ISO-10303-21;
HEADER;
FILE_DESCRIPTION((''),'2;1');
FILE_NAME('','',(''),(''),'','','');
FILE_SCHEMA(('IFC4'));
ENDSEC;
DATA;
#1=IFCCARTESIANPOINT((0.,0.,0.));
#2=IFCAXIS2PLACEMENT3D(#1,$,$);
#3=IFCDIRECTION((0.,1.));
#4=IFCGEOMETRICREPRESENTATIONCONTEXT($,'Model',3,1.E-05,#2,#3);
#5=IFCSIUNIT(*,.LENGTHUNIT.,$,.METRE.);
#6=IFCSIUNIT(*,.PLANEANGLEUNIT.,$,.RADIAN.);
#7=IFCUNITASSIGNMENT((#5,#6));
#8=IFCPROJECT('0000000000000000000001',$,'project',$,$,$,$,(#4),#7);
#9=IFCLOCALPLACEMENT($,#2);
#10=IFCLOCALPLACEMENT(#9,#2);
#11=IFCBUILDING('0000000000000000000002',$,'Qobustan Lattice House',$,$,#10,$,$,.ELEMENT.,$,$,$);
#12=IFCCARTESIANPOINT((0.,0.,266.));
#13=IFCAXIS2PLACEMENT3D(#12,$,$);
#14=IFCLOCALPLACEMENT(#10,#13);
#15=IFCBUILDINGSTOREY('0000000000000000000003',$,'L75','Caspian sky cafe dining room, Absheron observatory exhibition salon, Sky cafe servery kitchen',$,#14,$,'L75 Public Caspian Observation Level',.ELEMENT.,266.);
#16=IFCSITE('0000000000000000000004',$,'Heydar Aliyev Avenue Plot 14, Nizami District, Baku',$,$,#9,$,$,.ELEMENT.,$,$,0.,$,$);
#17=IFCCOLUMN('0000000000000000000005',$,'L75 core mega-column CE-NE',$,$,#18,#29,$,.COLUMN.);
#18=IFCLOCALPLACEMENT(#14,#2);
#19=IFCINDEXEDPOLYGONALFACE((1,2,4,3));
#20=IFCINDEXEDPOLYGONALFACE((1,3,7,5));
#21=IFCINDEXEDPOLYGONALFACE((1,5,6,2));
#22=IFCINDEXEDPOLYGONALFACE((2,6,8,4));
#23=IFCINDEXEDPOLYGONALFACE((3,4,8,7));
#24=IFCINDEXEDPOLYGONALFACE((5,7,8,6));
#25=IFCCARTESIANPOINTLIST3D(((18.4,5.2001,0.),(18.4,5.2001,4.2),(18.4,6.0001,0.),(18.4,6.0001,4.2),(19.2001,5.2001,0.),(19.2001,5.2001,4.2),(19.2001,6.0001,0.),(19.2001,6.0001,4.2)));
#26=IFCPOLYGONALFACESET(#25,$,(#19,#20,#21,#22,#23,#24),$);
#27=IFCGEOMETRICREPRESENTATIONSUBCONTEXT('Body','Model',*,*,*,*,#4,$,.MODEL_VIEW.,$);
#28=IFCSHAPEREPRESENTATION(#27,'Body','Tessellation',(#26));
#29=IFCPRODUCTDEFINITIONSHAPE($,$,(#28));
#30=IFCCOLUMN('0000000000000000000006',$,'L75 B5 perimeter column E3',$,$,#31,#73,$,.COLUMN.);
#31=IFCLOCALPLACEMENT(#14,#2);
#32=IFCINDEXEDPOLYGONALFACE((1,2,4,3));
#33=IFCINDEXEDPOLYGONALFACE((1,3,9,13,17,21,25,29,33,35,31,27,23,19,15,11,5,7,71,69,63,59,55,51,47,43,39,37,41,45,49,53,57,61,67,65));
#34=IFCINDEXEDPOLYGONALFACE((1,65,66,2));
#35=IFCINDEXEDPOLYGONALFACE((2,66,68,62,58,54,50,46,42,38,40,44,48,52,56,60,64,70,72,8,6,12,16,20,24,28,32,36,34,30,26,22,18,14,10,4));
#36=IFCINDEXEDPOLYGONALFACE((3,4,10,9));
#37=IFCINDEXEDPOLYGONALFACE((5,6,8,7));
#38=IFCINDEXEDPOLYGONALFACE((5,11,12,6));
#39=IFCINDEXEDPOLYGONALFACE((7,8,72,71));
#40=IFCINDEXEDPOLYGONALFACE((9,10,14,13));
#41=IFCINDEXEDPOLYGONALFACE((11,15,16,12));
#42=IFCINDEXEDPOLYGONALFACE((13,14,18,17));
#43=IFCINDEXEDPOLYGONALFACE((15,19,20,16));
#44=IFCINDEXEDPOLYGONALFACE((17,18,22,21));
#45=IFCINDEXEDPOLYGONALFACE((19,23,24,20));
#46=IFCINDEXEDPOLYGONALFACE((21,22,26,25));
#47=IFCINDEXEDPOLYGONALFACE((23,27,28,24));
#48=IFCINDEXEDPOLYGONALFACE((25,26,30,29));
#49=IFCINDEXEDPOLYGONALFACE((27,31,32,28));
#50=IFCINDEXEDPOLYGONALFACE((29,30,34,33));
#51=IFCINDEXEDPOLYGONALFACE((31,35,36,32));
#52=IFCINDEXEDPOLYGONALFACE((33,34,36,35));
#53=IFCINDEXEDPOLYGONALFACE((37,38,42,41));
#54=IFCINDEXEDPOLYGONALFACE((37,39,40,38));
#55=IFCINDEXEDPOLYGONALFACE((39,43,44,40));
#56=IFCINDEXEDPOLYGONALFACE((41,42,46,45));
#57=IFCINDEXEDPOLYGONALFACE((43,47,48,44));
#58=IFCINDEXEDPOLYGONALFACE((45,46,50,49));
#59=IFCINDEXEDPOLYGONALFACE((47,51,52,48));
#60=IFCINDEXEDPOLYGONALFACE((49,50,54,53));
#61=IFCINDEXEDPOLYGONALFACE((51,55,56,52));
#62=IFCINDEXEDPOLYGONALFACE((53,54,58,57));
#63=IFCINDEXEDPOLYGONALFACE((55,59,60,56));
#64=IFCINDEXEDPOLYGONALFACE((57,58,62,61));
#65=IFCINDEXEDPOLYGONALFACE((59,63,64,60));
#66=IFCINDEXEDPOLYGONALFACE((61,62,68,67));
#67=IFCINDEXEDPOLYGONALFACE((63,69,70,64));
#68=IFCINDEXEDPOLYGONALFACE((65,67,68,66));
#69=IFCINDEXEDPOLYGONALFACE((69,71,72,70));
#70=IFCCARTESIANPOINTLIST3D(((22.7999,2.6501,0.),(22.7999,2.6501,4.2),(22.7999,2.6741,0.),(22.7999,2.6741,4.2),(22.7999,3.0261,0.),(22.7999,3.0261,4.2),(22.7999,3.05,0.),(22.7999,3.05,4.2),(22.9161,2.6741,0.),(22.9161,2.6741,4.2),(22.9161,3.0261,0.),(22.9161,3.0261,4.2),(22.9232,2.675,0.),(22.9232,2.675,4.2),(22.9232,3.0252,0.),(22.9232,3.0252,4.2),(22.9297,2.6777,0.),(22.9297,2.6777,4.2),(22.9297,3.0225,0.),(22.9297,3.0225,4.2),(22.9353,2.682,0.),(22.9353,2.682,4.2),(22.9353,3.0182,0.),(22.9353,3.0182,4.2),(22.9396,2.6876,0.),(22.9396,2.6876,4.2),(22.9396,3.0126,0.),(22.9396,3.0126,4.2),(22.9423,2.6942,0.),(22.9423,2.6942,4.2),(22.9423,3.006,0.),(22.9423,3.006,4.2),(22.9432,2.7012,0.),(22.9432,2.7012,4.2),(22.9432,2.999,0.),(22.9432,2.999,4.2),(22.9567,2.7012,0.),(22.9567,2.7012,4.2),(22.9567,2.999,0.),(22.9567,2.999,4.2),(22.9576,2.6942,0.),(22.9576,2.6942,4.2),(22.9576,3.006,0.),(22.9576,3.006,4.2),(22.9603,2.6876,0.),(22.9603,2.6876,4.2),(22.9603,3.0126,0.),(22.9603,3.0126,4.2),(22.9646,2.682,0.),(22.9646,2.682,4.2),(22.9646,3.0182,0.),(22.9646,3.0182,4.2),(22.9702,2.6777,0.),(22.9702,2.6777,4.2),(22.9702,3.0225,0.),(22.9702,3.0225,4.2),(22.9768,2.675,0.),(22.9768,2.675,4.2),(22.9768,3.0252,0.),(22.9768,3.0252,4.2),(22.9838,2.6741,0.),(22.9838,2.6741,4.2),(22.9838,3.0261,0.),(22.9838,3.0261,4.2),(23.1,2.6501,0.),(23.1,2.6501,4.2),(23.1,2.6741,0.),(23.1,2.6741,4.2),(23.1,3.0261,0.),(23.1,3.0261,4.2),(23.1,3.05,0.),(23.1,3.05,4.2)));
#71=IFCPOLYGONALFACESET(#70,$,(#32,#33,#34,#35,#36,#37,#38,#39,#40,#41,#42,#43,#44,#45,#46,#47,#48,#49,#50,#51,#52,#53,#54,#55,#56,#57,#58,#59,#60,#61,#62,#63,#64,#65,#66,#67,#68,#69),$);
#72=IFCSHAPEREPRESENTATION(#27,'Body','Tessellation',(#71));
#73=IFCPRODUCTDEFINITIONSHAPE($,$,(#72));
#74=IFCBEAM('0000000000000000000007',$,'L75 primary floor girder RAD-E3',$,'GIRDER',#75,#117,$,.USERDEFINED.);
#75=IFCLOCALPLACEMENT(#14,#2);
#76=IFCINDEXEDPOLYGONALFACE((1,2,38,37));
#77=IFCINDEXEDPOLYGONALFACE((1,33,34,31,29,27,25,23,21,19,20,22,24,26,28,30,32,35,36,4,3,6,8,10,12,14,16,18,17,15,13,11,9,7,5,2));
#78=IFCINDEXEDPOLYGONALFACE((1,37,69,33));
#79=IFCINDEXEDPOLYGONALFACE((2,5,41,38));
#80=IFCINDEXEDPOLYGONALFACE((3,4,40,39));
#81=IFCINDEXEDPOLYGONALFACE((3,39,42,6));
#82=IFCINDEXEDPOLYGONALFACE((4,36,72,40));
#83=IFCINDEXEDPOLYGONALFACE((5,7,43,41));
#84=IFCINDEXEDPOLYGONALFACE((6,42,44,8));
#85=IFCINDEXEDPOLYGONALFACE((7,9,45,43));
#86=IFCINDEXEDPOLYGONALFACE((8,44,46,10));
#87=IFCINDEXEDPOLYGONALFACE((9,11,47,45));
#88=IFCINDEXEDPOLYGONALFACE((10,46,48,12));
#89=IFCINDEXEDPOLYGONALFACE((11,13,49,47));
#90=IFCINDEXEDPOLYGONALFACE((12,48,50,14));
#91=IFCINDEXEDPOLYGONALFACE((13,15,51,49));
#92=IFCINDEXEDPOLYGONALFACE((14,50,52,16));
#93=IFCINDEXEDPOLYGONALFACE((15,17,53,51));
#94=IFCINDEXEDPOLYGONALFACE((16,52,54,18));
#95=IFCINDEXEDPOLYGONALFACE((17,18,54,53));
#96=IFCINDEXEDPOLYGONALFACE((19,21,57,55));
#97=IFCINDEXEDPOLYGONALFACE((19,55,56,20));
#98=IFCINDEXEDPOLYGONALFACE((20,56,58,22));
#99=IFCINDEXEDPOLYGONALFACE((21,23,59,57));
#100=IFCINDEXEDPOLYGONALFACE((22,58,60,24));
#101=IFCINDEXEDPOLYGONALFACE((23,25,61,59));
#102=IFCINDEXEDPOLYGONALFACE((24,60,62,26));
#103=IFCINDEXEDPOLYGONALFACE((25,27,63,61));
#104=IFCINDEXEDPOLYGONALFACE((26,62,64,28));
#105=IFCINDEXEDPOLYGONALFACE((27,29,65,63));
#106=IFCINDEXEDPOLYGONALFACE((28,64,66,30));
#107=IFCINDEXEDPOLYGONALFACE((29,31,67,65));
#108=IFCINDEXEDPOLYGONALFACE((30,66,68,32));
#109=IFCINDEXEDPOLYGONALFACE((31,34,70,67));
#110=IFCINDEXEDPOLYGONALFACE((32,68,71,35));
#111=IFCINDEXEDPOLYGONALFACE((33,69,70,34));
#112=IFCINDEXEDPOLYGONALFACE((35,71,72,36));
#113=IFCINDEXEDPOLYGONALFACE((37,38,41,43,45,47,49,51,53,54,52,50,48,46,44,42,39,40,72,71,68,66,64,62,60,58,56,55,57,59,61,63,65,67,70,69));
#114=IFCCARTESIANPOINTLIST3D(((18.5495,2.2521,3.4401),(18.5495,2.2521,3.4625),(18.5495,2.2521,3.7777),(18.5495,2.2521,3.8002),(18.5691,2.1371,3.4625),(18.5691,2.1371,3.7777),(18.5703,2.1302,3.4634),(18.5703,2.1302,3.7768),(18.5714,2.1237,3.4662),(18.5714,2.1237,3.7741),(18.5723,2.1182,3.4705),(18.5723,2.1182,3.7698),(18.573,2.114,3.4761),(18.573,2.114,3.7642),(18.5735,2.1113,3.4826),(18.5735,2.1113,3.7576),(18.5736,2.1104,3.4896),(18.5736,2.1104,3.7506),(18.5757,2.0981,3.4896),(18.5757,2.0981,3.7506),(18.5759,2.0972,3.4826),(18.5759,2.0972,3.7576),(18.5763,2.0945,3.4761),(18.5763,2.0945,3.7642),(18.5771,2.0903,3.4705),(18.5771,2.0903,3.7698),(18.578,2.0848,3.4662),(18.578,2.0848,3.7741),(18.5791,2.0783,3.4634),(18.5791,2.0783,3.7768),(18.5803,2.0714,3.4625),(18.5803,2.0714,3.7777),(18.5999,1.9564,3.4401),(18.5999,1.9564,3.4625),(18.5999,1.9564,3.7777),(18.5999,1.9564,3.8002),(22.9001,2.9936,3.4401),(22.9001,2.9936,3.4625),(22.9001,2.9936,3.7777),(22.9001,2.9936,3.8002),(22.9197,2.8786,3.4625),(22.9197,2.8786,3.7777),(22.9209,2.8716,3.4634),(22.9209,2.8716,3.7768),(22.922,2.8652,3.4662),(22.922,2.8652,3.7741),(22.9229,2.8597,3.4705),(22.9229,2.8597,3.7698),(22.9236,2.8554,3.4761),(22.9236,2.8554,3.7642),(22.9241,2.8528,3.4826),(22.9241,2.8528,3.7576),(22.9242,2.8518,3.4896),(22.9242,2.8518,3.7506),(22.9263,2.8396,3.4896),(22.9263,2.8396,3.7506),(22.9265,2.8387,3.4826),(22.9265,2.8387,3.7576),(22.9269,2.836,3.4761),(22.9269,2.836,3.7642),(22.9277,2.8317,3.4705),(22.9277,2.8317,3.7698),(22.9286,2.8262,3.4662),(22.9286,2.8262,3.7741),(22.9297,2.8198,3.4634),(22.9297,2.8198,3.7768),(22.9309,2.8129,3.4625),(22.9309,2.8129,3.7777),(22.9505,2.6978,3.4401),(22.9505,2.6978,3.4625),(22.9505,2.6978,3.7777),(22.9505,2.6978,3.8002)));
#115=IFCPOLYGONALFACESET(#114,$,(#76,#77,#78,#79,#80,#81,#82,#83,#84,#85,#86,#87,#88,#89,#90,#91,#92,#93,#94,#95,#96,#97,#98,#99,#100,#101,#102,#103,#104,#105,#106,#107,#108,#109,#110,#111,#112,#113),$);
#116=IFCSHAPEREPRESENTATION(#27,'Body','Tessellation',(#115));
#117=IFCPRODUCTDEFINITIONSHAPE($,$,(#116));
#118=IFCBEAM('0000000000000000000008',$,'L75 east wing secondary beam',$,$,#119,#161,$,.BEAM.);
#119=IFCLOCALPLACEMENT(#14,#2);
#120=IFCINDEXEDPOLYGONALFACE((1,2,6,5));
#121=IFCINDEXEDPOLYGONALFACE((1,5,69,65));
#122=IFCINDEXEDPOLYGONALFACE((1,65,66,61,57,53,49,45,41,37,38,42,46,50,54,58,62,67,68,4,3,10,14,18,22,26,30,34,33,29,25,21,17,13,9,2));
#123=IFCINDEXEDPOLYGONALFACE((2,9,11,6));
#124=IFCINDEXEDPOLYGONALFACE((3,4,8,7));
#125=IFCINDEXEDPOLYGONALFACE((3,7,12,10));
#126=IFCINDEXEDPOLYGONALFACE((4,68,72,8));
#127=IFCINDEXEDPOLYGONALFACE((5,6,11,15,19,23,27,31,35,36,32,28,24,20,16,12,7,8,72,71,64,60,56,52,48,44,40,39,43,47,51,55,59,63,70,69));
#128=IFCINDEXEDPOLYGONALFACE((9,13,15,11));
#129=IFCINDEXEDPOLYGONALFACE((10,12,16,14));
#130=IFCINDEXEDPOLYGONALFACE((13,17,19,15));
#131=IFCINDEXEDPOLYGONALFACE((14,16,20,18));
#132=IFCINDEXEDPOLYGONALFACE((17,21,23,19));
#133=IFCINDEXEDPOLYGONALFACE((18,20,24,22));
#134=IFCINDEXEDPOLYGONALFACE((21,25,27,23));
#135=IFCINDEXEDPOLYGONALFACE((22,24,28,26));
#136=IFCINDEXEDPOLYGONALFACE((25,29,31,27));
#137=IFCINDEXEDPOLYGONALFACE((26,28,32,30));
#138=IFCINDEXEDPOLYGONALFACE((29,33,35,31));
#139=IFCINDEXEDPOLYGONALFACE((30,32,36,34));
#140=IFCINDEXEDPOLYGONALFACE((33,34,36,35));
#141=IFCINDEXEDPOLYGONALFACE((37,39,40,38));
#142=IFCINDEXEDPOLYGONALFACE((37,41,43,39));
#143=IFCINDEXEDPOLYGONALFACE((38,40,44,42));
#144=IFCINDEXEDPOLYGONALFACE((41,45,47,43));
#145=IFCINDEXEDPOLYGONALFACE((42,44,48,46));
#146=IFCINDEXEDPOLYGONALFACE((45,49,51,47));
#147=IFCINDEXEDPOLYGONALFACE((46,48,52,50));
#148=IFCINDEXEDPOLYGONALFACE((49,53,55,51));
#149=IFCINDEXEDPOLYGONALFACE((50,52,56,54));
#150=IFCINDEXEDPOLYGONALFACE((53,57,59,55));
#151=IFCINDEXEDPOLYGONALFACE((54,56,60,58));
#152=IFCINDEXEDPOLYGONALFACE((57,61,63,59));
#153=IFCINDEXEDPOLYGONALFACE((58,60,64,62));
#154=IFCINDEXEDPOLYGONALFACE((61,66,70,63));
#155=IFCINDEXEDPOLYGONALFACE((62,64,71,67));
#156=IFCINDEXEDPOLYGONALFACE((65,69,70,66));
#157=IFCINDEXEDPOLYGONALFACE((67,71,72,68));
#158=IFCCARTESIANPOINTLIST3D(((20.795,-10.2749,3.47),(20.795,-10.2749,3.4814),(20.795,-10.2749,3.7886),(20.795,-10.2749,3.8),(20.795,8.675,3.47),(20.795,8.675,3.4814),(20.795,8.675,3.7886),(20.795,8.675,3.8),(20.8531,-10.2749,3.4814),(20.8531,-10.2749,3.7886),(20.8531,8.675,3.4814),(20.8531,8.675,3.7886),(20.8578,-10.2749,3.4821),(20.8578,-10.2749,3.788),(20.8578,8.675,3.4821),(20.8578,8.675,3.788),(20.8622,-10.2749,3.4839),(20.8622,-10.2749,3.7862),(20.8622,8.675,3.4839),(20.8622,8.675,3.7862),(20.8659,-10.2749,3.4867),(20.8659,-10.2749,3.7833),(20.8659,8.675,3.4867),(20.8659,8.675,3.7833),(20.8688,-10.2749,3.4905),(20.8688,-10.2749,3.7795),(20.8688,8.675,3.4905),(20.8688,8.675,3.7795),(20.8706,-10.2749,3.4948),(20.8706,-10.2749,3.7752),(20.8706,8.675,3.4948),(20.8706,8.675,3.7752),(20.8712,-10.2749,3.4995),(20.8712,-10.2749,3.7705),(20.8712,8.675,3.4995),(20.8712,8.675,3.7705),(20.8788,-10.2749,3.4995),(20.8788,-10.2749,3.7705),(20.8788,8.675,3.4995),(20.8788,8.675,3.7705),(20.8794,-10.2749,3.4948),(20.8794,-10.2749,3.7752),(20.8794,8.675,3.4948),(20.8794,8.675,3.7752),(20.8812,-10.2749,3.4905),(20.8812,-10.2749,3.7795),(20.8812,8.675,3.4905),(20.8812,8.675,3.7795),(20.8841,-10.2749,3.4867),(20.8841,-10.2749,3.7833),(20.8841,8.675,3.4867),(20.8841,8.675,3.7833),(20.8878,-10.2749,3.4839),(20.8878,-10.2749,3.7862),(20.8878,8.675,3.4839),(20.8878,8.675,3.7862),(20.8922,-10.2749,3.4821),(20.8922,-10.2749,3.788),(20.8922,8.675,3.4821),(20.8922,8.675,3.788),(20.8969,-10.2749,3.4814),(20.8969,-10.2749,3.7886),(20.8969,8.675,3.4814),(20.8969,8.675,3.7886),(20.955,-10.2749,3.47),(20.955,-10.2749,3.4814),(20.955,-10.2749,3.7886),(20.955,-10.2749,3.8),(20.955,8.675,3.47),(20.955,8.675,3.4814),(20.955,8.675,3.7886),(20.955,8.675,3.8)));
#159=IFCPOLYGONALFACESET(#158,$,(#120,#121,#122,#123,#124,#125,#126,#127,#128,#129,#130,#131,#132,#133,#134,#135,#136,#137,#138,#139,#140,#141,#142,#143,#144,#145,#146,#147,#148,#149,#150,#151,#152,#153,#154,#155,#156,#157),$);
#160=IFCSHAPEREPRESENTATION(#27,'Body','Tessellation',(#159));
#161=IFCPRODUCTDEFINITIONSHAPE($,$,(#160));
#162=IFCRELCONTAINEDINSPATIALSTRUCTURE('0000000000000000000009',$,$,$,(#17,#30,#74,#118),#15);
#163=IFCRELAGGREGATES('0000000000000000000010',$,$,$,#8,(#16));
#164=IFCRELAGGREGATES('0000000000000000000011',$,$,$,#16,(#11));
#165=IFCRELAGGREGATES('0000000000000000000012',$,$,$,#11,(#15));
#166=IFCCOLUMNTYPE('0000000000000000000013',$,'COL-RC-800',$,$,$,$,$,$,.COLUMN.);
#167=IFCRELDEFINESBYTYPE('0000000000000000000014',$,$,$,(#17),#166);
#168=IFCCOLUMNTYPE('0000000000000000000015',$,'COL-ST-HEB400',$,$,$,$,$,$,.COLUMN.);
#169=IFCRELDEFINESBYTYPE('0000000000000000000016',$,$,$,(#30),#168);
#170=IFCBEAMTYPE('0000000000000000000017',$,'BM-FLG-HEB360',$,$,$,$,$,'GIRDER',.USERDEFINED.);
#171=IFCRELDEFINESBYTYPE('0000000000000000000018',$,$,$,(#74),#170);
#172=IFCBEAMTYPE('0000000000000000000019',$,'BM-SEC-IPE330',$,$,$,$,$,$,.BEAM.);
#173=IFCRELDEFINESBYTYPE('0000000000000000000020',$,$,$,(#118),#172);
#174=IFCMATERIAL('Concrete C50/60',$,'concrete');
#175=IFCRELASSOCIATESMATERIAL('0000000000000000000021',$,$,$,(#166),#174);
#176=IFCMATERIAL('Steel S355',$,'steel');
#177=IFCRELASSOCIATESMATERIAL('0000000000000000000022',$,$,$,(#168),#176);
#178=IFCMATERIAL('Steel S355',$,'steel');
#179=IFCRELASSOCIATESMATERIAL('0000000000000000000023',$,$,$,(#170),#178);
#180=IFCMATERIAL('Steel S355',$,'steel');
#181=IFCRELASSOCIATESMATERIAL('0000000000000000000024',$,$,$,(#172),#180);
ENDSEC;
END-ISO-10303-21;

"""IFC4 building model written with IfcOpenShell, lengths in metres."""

from ifc_helpers import new_model, si_unit, direction, frame, origin, origin_2d, place, context, subcontext, project, spatial, rectangle, i_section, extrude, material, material_profile, profile_set, type_object, element, save


model = new_model("IFC4")

# Units and contexts
model_context = context("Model", 3, precision=1e-05, world=origin(), true_north=direction((0.0, 1.0)))
body_context = subcontext(model_context, "Body", "Model", "MODEL_VIEW")
ifc_project = project(units=[si_unit("LENGTHUNIT", "METRE"), si_unit("PLANEANGLEUNIT", "RADIAN")], contexts=[model_context])

# Site, building, storey
site_placement = place(None, origin())
site = spatial("IfcSite", under=ifc_project, at=site_placement, Name="Heydar Aliyev Avenue Plot 14, Nizami District, Baku", CompositionType="ELEMENT", RefElevation=0.0)
building_placement = place(site_placement, origin())
building = spatial("IfcBuilding", under=site, at=building_placement, Name="Qobustan Lattice House", CompositionType="ELEMENT")
storey_placement = place(building_placement, frame((0.0, 0.0, 266.0)))
storey = spatial("IfcBuildingStorey", under=building, at=storey_placement, Name="L75", Description="Caspian sky cafe dining room, Absheron observatory exhibition salon, Sky cafe servery kitchen", LongName="L75 Public Caspian Observation Level", CompositionType="ELEMENT", Elevation=266.0)

# Columns
ifc_material_1 = material(Name="Concrete C50/60", Category="concrete")
ifc_material_profile_1 = material_profile(ifc_material_1, rectangle(XDim=0.8, YDim=0.8, at=origin_2d()), Name="RC800x800")
ifc_profile_set_1 = profile_set([ifc_material_profile_1], Name="Concrete C50/60")
column_type_1 = type_object("IfcColumnType", Name="COL-RC-800", PredefinedType="COLUMN", material=ifc_profile_set_1)
column_1_placement = place(storey_placement, frame((18.8, 5.6001, 0.0), z_axis=(0.0, 0.0, 1.0), x_axis=(1.0, 0.0, 0.0)))
element("IfcColumn", 1, at=column_1_placement, inside=storey, type_object=column_type_1, Name="L75 core mega-column CE-NE", PredefinedType="COLUMN", context=body_context, shape_type="SweptSolid", body=[
    extrude(rectangle(XDim=0.8, YDim=0.8, at=origin_2d()), origin(), (0.0, 0.0, 1.0), 4.2),
])
ifc_material_2 = material(Name="Steel S355", Category="steel")
ifc_material_profile_2 = material_profile(ifc_material_2, i_section(OverallWidth=0.3, OverallDepth=0.3999, WebThickness=0.0134, FlangeThickness=0.0239, FilletRadius=0.0271, at=origin_2d()), Name="HEB400")
ifc_profile_set_2 = profile_set([ifc_material_profile_2], Name="Steel S355")
column_type_2 = type_object("IfcColumnType", Name="COL-ST-HEB400", PredefinedType="COLUMN", material=ifc_profile_set_2)
column_2_placement = place(storey_placement, frame((22.95, 2.8501, 0.0), z_axis=(0.0, 0.0, 1.0), x_axis=(1.0, 0.0, 0.0)))
element("IfcColumn", 2, at=column_2_placement, inside=storey, type_object=column_type_2, Name="L75 B5 perimeter column E3", PredefinedType="COLUMN", context=body_context, shape_type="SweptSolid", body=[
    extrude(i_section(OverallWidth=0.3, OverallDepth=0.3999, WebThickness=0.0134, FlangeThickness=0.0239, FilletRadius=0.0271, at=origin_2d()), origin(), (0.0, 0.0, 1.0), 4.2),
])

# Beams
ifc_material_3 = material(Name="Steel S355", Category="steel")
ifc_material_profile_3 = material_profile(ifc_material_3, i_section(OverallWidth=0.3, OverallDepth=0.3601, WebThickness=0.0125, FlangeThickness=0.0225, FilletRadius=0.0271, at=origin_2d()), Name="HEB360")
ifc_profile_set_3 = profile_set([ifc_material_profile_3], Name="Steel S355")
beam_type_1 = type_object("IfcBeamType", Name="BM-FLG-HEB360", ElementType="GIRDER", PredefinedType="USERDEFINED", material=ifc_profile_set_3)
beam_1_placement = place(storey_placement, frame((22.9253, 2.8457, 3.6201), z_axis=(-0.985786, -0.168004, 0.0), x_axis=(0.168004, -0.985786, 0.0)))
element("IfcBeam", 3, at=beam_1_placement, inside=storey, type_object=beam_type_1, Name="L75 primary floor girder RAD-E3", ObjectType="GIRDER", PredefinedType="USERDEFINED", context=body_context, shape_type="SweptSolid", body=[
    extrude(i_section(OverallWidth=0.3, OverallDepth=0.3601, WebThickness=0.0125, FlangeThickness=0.0225, FilletRadius=0.0271, at=origin_2d()), origin(), (0.0, 0.0, 1.0), 4.4133),
])
ifc_material_4 = material(Name="Steel S355", Category="steel")
ifc_material_profile_4 = material_profile(ifc_material_4, i_section(OverallWidth=0.1599, OverallDepth=0.3301, WebThickness=0.0076, FlangeThickness=0.0115, FilletRadius=0.0181, at=origin_2d()), Name="IPE330")
ifc_profile_set_4 = profile_set([ifc_material_profile_4], Name="Steel S355")
beam_type_2 = type_object("IfcBeamType", Name="BM-SEC-IPE330", PredefinedType="BEAM", material=ifc_profile_set_4)
beam_2_placement = place(storey_placement, frame((20.875, 8.675, 3.635), z_axis=(0.0, -1.0, 0.0), x_axis=(1.0, 0.0, 0.0)))
element("IfcBeam", 4, at=beam_2_placement, inside=storey, type_object=beam_type_2, Name="L75 east wing secondary beam", PredefinedType="BEAM", context=body_context, shape_type="SweptSolid", body=[
    extrude(i_section(OverallWidth=0.1599, OverallDepth=0.3301, WebThickness=0.0076, FlangeThickness=0.0115, FilletRadius=0.0181, at=origin_2d()), origin(), (0.0, 0.0, 1.0), 18.95),
])

save(model, "model.ifc")
